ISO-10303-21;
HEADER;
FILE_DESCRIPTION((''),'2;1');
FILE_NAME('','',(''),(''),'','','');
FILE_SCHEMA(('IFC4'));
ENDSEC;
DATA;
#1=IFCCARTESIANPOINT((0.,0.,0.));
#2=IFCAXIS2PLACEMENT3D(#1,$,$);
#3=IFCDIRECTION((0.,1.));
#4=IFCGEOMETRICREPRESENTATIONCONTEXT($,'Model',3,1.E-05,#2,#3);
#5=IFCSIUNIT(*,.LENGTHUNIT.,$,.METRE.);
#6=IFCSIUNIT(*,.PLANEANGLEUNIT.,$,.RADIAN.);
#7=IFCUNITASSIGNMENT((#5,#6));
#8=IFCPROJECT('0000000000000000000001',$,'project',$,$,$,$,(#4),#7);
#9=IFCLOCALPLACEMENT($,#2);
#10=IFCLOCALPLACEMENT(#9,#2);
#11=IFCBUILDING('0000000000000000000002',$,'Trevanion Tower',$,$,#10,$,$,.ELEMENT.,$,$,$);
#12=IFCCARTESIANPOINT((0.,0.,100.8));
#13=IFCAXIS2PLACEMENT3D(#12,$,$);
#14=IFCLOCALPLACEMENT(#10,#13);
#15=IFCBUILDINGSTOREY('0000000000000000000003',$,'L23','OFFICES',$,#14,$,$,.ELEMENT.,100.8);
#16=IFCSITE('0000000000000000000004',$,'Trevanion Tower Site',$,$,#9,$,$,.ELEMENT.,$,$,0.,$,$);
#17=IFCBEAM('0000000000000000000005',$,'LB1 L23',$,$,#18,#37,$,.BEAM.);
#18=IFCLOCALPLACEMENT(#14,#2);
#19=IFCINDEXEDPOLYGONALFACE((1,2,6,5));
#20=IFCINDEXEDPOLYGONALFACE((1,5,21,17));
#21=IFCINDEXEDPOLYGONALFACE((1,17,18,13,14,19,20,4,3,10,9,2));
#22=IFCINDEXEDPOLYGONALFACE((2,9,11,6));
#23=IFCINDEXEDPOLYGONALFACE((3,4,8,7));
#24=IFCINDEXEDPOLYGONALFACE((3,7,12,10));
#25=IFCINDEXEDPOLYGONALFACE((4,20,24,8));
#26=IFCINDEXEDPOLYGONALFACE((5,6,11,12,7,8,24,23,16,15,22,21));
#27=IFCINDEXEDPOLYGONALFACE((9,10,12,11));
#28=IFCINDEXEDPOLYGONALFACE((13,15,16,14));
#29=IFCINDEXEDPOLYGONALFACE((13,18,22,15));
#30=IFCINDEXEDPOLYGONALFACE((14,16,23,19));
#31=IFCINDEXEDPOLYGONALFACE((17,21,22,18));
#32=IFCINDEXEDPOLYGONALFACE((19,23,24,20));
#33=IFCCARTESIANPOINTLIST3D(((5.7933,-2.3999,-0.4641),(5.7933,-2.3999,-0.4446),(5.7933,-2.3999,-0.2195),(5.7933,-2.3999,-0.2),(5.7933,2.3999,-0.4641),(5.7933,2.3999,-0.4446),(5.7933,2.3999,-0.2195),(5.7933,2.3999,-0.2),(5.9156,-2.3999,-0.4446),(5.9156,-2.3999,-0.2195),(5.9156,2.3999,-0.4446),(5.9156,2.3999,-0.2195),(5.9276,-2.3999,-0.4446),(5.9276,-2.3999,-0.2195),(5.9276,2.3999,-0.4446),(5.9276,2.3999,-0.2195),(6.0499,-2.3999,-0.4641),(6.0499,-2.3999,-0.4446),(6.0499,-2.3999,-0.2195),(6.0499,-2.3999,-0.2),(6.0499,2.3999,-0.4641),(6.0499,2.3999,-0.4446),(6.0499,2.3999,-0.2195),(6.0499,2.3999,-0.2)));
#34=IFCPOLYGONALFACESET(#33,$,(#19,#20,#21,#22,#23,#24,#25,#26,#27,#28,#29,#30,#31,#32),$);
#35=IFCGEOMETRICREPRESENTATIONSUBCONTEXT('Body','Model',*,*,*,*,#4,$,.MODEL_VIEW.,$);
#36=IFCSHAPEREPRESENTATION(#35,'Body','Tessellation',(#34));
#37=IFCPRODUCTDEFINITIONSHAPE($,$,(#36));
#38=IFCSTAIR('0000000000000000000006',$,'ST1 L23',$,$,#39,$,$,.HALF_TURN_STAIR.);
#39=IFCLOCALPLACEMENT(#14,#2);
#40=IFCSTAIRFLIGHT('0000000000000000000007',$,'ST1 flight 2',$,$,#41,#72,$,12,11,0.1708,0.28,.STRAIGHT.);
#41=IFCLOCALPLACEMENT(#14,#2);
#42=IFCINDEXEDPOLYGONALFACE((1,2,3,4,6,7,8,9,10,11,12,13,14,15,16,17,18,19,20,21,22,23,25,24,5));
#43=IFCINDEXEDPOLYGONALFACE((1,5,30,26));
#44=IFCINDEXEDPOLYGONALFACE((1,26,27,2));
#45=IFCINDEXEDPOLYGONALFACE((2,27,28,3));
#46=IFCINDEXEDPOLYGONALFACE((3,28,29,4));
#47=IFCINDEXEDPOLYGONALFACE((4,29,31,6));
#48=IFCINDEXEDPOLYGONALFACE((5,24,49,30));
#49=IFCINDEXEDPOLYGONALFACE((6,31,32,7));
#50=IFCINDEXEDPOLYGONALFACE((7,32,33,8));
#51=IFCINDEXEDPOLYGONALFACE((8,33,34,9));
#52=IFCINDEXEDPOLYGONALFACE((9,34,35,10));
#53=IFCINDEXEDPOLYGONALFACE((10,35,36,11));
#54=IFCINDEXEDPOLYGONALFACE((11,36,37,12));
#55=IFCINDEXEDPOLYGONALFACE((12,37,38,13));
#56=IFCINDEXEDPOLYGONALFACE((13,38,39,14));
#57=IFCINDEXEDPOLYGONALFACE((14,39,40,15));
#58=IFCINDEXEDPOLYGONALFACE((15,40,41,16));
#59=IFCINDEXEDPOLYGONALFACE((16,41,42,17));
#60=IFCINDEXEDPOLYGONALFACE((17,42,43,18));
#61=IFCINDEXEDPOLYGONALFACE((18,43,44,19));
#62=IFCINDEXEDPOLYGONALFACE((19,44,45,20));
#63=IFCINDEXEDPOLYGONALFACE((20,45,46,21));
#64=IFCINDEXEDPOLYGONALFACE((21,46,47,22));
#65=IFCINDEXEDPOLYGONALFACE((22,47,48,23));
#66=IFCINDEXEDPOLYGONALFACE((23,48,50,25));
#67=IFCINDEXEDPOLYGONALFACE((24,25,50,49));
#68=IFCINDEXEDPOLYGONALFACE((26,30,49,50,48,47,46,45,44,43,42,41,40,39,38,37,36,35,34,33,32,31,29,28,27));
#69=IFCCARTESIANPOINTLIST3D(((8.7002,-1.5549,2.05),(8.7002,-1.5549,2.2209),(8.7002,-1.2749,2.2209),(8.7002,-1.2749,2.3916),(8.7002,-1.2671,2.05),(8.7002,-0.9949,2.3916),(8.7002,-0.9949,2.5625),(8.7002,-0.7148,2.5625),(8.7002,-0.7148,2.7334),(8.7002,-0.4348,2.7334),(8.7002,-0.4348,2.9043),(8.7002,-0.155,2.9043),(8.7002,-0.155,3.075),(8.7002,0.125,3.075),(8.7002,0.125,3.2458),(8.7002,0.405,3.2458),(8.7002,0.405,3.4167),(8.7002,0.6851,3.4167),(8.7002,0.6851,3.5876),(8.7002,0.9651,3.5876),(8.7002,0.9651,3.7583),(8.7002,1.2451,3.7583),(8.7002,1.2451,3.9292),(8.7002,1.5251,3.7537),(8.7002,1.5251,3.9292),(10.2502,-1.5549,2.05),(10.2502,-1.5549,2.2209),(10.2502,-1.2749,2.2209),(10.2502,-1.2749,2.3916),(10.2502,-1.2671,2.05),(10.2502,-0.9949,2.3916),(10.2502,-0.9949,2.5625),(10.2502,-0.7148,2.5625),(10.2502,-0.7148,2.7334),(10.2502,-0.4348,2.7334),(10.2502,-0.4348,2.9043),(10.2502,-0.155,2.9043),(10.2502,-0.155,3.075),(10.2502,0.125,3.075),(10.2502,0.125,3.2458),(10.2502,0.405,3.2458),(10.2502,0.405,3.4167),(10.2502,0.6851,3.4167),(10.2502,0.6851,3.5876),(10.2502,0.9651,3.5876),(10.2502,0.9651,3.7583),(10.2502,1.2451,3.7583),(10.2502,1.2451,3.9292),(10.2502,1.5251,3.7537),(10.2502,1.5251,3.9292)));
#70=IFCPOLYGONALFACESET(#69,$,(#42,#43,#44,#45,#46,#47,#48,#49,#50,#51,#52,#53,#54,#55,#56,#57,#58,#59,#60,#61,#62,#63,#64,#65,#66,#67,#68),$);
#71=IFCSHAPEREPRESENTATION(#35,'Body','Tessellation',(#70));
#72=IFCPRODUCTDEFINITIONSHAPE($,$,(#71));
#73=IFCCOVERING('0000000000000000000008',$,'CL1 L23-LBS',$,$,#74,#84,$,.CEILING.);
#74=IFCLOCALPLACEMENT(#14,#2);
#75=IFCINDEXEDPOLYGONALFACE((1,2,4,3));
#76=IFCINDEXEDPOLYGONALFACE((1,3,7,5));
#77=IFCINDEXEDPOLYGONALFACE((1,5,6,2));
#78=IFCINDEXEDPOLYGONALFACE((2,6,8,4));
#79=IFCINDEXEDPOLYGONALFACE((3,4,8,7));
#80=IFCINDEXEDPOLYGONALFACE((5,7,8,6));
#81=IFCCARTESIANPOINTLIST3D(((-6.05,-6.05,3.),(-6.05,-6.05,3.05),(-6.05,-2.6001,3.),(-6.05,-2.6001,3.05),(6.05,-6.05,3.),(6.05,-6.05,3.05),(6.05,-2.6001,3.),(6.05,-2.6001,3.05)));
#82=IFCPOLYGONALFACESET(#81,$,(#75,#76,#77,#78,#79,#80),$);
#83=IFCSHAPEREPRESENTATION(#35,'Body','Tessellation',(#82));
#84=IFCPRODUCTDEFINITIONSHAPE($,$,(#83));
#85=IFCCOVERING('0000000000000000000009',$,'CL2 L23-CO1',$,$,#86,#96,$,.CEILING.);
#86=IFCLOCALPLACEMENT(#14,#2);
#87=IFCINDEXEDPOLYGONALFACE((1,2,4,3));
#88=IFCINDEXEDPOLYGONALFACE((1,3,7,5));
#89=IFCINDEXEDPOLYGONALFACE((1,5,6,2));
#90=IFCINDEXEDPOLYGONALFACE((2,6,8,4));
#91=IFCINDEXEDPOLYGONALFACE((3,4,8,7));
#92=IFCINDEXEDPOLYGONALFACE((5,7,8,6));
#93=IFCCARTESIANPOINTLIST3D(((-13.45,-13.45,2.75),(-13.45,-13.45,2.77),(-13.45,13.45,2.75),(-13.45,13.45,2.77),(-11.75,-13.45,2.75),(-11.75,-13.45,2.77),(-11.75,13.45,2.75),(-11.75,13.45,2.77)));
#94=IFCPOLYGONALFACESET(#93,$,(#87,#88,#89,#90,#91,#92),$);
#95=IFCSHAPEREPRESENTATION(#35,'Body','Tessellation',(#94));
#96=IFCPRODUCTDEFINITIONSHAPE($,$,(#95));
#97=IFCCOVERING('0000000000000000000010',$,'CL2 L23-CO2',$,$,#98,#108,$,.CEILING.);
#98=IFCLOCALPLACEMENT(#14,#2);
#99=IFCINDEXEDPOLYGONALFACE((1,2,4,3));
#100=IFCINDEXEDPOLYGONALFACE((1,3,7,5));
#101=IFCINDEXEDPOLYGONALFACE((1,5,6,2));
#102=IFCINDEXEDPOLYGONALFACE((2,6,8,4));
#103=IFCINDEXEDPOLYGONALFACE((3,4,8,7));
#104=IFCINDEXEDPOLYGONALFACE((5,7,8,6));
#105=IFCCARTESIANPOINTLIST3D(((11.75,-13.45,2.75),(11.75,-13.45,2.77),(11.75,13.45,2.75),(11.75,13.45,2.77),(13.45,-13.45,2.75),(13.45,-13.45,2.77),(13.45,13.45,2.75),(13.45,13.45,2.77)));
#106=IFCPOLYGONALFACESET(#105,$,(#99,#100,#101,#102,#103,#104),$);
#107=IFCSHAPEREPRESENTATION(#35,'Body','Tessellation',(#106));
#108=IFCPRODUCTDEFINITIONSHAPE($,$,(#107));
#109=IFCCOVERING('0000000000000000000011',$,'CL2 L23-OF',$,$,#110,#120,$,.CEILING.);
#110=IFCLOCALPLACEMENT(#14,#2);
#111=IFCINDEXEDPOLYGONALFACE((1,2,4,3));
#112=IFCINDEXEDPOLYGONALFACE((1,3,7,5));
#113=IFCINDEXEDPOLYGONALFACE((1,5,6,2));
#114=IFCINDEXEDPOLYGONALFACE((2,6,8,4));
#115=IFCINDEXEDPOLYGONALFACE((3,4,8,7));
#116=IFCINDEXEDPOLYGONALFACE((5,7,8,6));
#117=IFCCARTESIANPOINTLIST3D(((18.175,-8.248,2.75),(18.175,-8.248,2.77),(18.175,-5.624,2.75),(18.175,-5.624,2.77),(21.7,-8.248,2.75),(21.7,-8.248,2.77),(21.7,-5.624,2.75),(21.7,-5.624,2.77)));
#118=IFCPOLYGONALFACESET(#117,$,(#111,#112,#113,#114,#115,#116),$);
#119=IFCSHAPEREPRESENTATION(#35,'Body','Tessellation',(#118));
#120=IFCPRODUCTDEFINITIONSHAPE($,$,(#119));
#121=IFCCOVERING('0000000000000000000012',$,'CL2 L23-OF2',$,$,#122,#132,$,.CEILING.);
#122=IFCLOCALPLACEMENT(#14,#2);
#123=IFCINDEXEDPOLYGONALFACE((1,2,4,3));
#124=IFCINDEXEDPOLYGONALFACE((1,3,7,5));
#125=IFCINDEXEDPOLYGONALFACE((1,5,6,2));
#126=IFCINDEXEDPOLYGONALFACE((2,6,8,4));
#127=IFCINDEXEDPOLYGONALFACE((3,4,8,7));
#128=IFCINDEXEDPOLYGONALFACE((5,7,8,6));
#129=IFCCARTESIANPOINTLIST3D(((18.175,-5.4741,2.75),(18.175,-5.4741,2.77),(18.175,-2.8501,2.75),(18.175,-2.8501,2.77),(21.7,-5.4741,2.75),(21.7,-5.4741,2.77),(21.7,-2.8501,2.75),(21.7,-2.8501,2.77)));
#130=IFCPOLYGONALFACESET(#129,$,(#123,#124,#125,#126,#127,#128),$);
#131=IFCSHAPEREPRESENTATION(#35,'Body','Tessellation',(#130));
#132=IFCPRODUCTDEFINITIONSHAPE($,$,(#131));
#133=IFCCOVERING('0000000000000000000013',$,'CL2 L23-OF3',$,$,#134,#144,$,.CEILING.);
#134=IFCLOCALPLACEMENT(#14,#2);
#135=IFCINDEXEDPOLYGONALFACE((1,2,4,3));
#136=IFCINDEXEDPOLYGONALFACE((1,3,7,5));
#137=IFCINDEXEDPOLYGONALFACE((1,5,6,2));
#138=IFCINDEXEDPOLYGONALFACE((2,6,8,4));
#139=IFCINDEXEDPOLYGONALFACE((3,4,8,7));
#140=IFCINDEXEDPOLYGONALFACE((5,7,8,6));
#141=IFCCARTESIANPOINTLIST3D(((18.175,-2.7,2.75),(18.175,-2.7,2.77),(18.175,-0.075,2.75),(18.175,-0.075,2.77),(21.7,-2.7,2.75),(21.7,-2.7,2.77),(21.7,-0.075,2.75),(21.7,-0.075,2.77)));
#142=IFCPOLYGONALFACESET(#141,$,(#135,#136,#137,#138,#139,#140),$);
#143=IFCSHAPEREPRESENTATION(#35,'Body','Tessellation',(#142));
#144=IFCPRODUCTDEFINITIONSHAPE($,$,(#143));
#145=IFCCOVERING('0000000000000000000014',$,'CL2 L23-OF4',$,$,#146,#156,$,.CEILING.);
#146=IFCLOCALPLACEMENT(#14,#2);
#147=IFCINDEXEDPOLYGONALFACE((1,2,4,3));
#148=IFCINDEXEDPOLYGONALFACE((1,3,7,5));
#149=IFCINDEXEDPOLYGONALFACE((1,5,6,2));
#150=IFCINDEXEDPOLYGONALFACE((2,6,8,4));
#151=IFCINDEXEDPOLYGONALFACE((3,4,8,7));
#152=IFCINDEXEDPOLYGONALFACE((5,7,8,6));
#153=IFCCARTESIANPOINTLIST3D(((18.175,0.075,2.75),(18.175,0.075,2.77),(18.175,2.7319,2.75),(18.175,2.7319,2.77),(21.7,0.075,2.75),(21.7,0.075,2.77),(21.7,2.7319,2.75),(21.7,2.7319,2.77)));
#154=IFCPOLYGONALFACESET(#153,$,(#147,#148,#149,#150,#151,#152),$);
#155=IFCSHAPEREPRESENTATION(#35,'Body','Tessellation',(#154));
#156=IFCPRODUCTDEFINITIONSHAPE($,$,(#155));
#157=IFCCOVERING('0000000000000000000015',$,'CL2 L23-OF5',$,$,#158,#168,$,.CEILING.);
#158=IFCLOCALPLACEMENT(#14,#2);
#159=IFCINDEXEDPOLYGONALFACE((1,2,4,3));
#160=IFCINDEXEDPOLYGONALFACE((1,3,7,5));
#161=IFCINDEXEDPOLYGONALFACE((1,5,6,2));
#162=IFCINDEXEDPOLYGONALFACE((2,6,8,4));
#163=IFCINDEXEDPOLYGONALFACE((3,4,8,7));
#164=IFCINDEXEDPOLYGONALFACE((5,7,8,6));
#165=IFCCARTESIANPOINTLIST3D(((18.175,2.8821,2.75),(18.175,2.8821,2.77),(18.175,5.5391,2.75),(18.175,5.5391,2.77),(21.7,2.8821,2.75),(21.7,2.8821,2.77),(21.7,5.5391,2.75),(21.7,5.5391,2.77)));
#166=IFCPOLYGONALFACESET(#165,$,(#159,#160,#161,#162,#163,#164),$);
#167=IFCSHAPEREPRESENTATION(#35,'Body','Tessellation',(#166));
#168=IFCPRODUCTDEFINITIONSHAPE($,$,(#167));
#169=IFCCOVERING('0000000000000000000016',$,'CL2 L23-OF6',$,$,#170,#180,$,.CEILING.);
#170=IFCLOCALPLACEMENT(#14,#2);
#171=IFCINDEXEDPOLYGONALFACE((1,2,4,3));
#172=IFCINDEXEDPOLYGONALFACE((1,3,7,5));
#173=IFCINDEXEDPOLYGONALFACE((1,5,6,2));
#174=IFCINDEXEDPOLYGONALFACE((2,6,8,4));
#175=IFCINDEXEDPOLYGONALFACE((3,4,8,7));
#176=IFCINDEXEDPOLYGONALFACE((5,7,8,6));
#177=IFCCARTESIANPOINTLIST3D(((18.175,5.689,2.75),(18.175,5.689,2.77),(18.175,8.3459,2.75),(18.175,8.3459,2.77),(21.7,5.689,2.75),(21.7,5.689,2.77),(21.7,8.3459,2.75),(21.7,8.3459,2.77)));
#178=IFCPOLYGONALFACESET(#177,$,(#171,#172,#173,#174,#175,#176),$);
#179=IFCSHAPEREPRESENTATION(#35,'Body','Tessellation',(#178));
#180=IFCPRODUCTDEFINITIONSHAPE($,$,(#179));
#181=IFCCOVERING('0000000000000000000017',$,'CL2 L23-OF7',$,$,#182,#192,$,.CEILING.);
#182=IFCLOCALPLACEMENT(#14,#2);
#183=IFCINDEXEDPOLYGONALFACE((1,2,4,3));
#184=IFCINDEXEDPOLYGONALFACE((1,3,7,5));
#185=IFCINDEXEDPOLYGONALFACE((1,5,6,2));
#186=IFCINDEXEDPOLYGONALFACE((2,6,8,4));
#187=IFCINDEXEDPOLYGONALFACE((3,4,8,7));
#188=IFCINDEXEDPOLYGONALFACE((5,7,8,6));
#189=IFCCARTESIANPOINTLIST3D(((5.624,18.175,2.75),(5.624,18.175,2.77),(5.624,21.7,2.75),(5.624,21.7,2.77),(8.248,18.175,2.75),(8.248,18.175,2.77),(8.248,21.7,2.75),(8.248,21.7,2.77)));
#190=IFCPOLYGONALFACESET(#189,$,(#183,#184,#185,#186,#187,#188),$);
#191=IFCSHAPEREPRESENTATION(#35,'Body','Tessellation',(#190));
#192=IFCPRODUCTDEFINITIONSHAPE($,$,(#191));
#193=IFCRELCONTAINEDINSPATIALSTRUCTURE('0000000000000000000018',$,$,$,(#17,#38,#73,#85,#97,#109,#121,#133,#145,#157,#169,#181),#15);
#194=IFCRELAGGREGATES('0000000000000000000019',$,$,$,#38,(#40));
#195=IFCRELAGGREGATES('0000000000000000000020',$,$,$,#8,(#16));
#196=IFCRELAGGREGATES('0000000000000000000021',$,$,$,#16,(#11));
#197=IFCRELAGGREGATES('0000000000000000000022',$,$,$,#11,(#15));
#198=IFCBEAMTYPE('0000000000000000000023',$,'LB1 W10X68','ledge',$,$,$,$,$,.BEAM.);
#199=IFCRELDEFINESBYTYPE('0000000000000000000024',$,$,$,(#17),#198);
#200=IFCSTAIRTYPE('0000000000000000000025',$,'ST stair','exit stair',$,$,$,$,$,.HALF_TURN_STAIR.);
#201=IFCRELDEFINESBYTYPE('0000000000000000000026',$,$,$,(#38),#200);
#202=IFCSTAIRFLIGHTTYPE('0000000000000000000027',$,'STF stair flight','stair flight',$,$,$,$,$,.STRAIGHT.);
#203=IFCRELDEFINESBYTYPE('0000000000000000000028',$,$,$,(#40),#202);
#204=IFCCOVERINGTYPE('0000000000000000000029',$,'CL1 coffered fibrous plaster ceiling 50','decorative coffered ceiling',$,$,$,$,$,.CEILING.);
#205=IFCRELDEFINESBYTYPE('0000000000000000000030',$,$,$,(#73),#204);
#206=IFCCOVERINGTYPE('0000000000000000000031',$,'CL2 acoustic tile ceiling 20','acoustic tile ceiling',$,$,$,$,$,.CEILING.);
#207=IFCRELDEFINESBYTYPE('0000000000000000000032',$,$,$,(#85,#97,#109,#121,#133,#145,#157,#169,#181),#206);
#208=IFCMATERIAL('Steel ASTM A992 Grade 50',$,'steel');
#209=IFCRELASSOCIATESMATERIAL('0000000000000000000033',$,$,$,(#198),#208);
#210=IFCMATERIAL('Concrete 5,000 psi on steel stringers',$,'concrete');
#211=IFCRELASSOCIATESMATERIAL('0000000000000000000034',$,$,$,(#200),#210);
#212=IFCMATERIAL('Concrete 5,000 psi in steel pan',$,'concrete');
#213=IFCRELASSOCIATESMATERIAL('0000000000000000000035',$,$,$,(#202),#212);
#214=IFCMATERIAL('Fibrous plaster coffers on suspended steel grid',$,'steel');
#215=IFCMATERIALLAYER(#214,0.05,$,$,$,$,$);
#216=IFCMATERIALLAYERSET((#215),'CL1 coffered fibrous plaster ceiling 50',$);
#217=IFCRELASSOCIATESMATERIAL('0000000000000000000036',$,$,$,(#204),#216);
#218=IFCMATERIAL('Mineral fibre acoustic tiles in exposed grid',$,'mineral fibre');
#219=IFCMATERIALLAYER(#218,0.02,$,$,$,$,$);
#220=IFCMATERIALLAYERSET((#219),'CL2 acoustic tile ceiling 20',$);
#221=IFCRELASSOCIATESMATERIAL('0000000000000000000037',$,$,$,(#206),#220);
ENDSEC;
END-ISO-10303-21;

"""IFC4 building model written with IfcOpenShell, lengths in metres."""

from ifc_helpers import new_model, si_unit, direction, frame, origin, origin_2d, place, context, subcontext, project, spatial, polyline, i_section, outline, extrude, material, layer, layer_set, material_profile, profile_set, type_object, element, aggregate, save


model = new_model("IFC4")

# Units and contexts
model_context = context("Model", 3, precision=1e-05, world=origin(), true_north=direction((0.0, 1.0)))
body_context = subcontext(model_context, "Body", "Model", "MODEL_VIEW")
ifc_project = project(units=[si_unit("LENGTHUNIT", "METRE"), si_unit("PLANEANGLEUNIT", "RADIAN")], contexts=[model_context])

# Site, building, storey
site_placement = place(None, origin())
site = spatial("IfcSite", under=ifc_project, at=site_placement, Name="Trevanion Tower Site", CompositionType="ELEMENT", RefElevation=0.0)
building_placement = place(site_placement, origin())
building = spatial("IfcBuilding", under=site, at=building_placement, Name="Trevanion Tower", CompositionType="ELEMENT")
storey_placement = place(building_placement, frame((0.0, 0.0, 100.8)))
storey = spatial("IfcBuildingStorey", under=building, at=storey_placement, Name="L23", Description="OFFICES", CompositionType="ELEMENT", Elevation=100.8)

# Beam
ifc_material_1 = material(Name="Steel ASTM A992 Grade 50", Category="steel")
ifc_material_profile = material_profile(ifc_material_1, i_section(OverallWidth=0.2566, OverallDepth=0.2642, WebThickness=0.012, FlangeThickness=0.0195, at=origin_2d()), Name="W10X68")
ifc_profile_set = profile_set([ifc_material_profile], Name="Steel ASTM A992 Grade 50")
beam_type = type_object("IfcBeamType", Name="LB1 W10X68", Description="ledge", PredefinedType="BEAM", material=ifc_profile_set)
beam_placement = place(storey_placement, frame((5.9216, -2.3999, -0.332), z_axis=(0.0, 1.0, 0.0), x_axis=(-1.0, 0.0, 0.0)))
element("IfcBeam", 1, at=beam_placement, inside=storey, type_object=beam_type, Name="LB1 L23", PredefinedType="BEAM", context=body_context, shape_type="SweptSolid", body=[
    extrude(i_section(OverallWidth=0.2566, OverallDepth=0.2642, WebThickness=0.012, FlangeThickness=0.0195, at=origin_2d()), origin(), (0.0, 0.0, 1.0), 4.7998),
])

# Stair, stair flight
ifc_material_2 = material(Name="Concrete 5,000 psi on steel stringers", Category="concrete")
stair_type = type_object("IfcStairType", Name="ST stair", Description="exit stair", PredefinedType="HALF_TURN_STAIR", material=ifc_material_2)
stair_placement = place(storey_placement, origin())
stair = element("IfcStair", 2, at=stair_placement, inside=storey, type_object=stair_type, Name="ST1 L23", PredefinedType="HALF_TURN_STAIR")
ifc_material_3 = material(Name="Concrete 5,000 psi in steel pan", Category="concrete")
stair_flight_type = type_object("IfcStairFlightType", Name="STF stair flight", Description="stair flight", PredefinedType="STRAIGHT", material=ifc_material_3)
stair_flight_placement = place(storey_placement, frame((9.4751, -1.5549, 2.05), z_axis=(0.0, 0.0, 1.0), x_axis=(0.0, 1.0, 0.0)))
stair_flight = element("IfcStairFlight", 3, at=stair_flight_placement, type_object=stair_flight_type, Name="ST1 flight 2", NumberOfRisers=12, NumberOfTreads=11, PredefinedType="STRAIGHT", RiserHeight=0.1708, TreadLength=0.28, context=body_context, shape_type="SweptSolid", body=[
    extrude(outline(polyline([(0.0, 0.0), (0.0, 0.1709), (0.28, 0.1709), (0.28, 0.3416), (0.5601, 0.3416), (0.5601, 0.5125), (0.8401, 0.5125), (0.8401, 0.6833), (1.1201, 0.6833), (1.1201, 0.8542), (1.3999, 0.8542), (1.3999, 1.0249), (1.6799, 1.0249), (1.6799, 1.1958), (1.96, 1.1958), (1.96, 1.3667), (2.24, 1.3667), (2.24, 1.5376), (2.52, 1.5376), (2.52, 1.7083), (2.8, 1.7083), (2.8, 1.8792), (3.0801, 1.8792), (3.0801, 2.05), (3.0801, 1.7036), (0.2878, 0.0), (0.0, 0.0)])), frame((0.0, 0.7749, 0.0), z_axis=(0.0, -1.0, 0.0), x_axis=(1.0, 0.0, 0.0)), (0.0, 0.0, 1.0), 1.55),
])
aggregate(stair, [stair_flight])

# Coverings
ifc_material_4 = material(Name="Fibrous plaster coffers on suspended steel grid", Category="steel")
ifc_layer_1 = layer(ifc_material_4, 0.05)
ifc_layer_set_1 = layer_set([ifc_layer_1], Name="CL1 coffered fibrous plaster ceiling 50")
covering_type_1 = type_object("IfcCoveringType", Name="CL1 coffered fibrous plaster ceiling 50", Description="decorative coffered ceiling", PredefinedType="CEILING", material=ifc_layer_set_1)
covering_1_placement = place(storey_placement, frame((0.0, 0.0, 3.0)))
element("IfcCovering", 4, at=covering_1_placement, inside=storey, type_object=covering_type_1, Name="CL1 L23-LBS", PredefinedType="CEILING", context=body_context, shape_type="SweptSolid", body=[
    extrude(outline(polyline([(6.05, -6.05), (6.05, -2.6001), (-6.05, -2.6001), (-6.05, -6.05), (6.05, -6.05)])), origin(), (0.0, 0.0, 1.0), 0.05),
])
ifc_material_5 = material(Name="Mineral fibre acoustic tiles in exposed grid", Category="mineral fibre")
ifc_layer_2 = layer(ifc_material_5, 0.02)
ifc_layer_set_2 = layer_set([ifc_layer_2], Name="CL2 acoustic tile ceiling 20")
covering_type_2 = type_object("IfcCoveringType", Name="CL2 acoustic tile ceiling 20", Description="acoustic tile ceiling", PredefinedType="CEILING", material=ifc_layer_set_2)
covering_2_placement = place(storey_placement, frame((0.0, 0.0, 2.75)))
element("IfcCovering", 5, at=covering_2_placement, inside=storey, type_object=covering_type_2, Name="CL2 L23-CO1", PredefinedType="CEILING", context=body_context, shape_type="SweptSolid", body=[
    extrude(outline(polyline([(-11.75, 13.45), (-11.75, -13.45), (-13.45, -13.45), (-13.45, 13.45), (-11.75, 13.45)])), origin(), (0.0, 0.0, 1.0), 0.02),
])
covering_3_placement = place(storey_placement, frame((0.0, 0.0, 2.75)))
element("IfcCovering", 6, at=covering_3_placement, inside=storey, type_object=covering_type_2, Name="CL2 L23-CO2", PredefinedType="CEILING", context=body_context, shape_type="SweptSolid", body=[
    extrude(outline(polyline([(11.75, 13.45), (13.45, 13.45), (13.45, -13.45), (11.75, -13.45), (11.75, 13.45)])), origin(), (0.0, 0.0, 1.0), 0.02),
])
covering_4_placement = place(storey_placement, frame((0.0, 0.0, 2.75)))
element("IfcCovering", 7, at=covering_4_placement, inside=storey, type_object=covering_type_2, Name="CL2 L23-OF", PredefinedType="CEILING", context=body_context, shape_type="SweptSolid", body=[
    extrude(outline(polyline([(18.175, -8.248), (18.175, -5.624), (21.7, -5.624), (21.7, -8.248), (18.175, -8.248)])), origin(), (0.0, 0.0, 1.0), 0.02),
])
covering_5_placement = place(storey_placement, frame((0.0, 0.0, 2.75)))
element("IfcCovering", 8, at=covering_5_placement, inside=storey, type_object=covering_type_2, Name="CL2 L23-OF2", PredefinedType="CEILING", context=body_context, shape_type="SweptSolid", body=[
    extrude(outline(polyline([(18.175, -5.4741), (18.175, -2.8501), (21.7, -2.8501), (21.7, -5.4741), (18.175, -5.4741)])), origin(), (0.0, 0.0, 1.0), 0.02),
])
covering_6_placement = place(storey_placement, frame((0.0, 0.0, 2.75)))
element("IfcCovering", 9, at=covering_6_placement, inside=storey, type_object=covering_type_2, Name="CL2 L23-OF3", PredefinedType="CEILING", context=body_context, shape_type="SweptSolid", body=[
    extrude(outline(polyline([(18.175, -2.7), (18.175, -0.075), (21.7, -0.075), (21.7, -2.7), (18.175, -2.7)])), origin(), (0.0, 0.0, 1.0), 0.02),
])
covering_7_placement = place(storey_placement, frame((0.0, 0.0, 2.75)))
element("IfcCovering", 10, at=covering_7_placement, inside=storey, type_object=covering_type_2, Name="CL2 L23-OF4", PredefinedType="CEILING", context=body_context, shape_type="SweptSolid", body=[
    extrude(outline(polyline([(18.175, 0.075), (18.175, 2.7319), (21.7, 2.7319), (21.7, 0.075), (18.175, 0.075)])), origin(), (0.0, 0.0, 1.0), 0.02),
])
covering_8_placement = place(storey_placement, frame((0.0, 0.0, 2.75)))
element("IfcCovering", 11, at=covering_8_placement, inside=storey, type_object=covering_type_2, Name="CL2 L23-OF5", PredefinedType="CEILING", context=body_context, shape_type="SweptSolid", body=[
    extrude(outline(polyline([(18.175, 2.8821), (18.175, 5.5391), (21.7, 5.5391), (21.7, 2.8821), (18.175, 2.8821)])), origin(), (0.0, 0.0, 1.0), 0.02),
])
covering_9_placement = place(storey_placement, frame((0.0, 0.0, 2.75)))
element("IfcCovering", 12, at=covering_9_placement, inside=storey, type_object=covering_type_2, Name="CL2 L23-OF6", PredefinedType="CEILING", context=body_context, shape_type="SweptSolid", body=[
    extrude(outline(polyline([(18.175, 5.689), (18.175, 8.3459), (21.7, 8.3459), (21.7, 5.689), (18.175, 5.689)])), origin(), (0.0, 0.0, 1.0), 0.02),
])
covering_10_placement = place(storey_placement, frame((0.0, 0.0, 2.75)))
element("IfcCovering", 13, at=covering_10_placement, inside=storey, type_object=covering_type_2, Name="CL2 L23-OF7", PredefinedType="CEILING", context=body_context, shape_type="SweptSolid", body=[
    extrude(outline(polyline([(8.248, 18.175), (5.624, 18.175), (5.624, 21.7), (8.248, 21.7), (8.248, 18.175)])), origin(), (0.0, 0.0, 1.0), 0.02),
])

save(model, "model.ifc")
